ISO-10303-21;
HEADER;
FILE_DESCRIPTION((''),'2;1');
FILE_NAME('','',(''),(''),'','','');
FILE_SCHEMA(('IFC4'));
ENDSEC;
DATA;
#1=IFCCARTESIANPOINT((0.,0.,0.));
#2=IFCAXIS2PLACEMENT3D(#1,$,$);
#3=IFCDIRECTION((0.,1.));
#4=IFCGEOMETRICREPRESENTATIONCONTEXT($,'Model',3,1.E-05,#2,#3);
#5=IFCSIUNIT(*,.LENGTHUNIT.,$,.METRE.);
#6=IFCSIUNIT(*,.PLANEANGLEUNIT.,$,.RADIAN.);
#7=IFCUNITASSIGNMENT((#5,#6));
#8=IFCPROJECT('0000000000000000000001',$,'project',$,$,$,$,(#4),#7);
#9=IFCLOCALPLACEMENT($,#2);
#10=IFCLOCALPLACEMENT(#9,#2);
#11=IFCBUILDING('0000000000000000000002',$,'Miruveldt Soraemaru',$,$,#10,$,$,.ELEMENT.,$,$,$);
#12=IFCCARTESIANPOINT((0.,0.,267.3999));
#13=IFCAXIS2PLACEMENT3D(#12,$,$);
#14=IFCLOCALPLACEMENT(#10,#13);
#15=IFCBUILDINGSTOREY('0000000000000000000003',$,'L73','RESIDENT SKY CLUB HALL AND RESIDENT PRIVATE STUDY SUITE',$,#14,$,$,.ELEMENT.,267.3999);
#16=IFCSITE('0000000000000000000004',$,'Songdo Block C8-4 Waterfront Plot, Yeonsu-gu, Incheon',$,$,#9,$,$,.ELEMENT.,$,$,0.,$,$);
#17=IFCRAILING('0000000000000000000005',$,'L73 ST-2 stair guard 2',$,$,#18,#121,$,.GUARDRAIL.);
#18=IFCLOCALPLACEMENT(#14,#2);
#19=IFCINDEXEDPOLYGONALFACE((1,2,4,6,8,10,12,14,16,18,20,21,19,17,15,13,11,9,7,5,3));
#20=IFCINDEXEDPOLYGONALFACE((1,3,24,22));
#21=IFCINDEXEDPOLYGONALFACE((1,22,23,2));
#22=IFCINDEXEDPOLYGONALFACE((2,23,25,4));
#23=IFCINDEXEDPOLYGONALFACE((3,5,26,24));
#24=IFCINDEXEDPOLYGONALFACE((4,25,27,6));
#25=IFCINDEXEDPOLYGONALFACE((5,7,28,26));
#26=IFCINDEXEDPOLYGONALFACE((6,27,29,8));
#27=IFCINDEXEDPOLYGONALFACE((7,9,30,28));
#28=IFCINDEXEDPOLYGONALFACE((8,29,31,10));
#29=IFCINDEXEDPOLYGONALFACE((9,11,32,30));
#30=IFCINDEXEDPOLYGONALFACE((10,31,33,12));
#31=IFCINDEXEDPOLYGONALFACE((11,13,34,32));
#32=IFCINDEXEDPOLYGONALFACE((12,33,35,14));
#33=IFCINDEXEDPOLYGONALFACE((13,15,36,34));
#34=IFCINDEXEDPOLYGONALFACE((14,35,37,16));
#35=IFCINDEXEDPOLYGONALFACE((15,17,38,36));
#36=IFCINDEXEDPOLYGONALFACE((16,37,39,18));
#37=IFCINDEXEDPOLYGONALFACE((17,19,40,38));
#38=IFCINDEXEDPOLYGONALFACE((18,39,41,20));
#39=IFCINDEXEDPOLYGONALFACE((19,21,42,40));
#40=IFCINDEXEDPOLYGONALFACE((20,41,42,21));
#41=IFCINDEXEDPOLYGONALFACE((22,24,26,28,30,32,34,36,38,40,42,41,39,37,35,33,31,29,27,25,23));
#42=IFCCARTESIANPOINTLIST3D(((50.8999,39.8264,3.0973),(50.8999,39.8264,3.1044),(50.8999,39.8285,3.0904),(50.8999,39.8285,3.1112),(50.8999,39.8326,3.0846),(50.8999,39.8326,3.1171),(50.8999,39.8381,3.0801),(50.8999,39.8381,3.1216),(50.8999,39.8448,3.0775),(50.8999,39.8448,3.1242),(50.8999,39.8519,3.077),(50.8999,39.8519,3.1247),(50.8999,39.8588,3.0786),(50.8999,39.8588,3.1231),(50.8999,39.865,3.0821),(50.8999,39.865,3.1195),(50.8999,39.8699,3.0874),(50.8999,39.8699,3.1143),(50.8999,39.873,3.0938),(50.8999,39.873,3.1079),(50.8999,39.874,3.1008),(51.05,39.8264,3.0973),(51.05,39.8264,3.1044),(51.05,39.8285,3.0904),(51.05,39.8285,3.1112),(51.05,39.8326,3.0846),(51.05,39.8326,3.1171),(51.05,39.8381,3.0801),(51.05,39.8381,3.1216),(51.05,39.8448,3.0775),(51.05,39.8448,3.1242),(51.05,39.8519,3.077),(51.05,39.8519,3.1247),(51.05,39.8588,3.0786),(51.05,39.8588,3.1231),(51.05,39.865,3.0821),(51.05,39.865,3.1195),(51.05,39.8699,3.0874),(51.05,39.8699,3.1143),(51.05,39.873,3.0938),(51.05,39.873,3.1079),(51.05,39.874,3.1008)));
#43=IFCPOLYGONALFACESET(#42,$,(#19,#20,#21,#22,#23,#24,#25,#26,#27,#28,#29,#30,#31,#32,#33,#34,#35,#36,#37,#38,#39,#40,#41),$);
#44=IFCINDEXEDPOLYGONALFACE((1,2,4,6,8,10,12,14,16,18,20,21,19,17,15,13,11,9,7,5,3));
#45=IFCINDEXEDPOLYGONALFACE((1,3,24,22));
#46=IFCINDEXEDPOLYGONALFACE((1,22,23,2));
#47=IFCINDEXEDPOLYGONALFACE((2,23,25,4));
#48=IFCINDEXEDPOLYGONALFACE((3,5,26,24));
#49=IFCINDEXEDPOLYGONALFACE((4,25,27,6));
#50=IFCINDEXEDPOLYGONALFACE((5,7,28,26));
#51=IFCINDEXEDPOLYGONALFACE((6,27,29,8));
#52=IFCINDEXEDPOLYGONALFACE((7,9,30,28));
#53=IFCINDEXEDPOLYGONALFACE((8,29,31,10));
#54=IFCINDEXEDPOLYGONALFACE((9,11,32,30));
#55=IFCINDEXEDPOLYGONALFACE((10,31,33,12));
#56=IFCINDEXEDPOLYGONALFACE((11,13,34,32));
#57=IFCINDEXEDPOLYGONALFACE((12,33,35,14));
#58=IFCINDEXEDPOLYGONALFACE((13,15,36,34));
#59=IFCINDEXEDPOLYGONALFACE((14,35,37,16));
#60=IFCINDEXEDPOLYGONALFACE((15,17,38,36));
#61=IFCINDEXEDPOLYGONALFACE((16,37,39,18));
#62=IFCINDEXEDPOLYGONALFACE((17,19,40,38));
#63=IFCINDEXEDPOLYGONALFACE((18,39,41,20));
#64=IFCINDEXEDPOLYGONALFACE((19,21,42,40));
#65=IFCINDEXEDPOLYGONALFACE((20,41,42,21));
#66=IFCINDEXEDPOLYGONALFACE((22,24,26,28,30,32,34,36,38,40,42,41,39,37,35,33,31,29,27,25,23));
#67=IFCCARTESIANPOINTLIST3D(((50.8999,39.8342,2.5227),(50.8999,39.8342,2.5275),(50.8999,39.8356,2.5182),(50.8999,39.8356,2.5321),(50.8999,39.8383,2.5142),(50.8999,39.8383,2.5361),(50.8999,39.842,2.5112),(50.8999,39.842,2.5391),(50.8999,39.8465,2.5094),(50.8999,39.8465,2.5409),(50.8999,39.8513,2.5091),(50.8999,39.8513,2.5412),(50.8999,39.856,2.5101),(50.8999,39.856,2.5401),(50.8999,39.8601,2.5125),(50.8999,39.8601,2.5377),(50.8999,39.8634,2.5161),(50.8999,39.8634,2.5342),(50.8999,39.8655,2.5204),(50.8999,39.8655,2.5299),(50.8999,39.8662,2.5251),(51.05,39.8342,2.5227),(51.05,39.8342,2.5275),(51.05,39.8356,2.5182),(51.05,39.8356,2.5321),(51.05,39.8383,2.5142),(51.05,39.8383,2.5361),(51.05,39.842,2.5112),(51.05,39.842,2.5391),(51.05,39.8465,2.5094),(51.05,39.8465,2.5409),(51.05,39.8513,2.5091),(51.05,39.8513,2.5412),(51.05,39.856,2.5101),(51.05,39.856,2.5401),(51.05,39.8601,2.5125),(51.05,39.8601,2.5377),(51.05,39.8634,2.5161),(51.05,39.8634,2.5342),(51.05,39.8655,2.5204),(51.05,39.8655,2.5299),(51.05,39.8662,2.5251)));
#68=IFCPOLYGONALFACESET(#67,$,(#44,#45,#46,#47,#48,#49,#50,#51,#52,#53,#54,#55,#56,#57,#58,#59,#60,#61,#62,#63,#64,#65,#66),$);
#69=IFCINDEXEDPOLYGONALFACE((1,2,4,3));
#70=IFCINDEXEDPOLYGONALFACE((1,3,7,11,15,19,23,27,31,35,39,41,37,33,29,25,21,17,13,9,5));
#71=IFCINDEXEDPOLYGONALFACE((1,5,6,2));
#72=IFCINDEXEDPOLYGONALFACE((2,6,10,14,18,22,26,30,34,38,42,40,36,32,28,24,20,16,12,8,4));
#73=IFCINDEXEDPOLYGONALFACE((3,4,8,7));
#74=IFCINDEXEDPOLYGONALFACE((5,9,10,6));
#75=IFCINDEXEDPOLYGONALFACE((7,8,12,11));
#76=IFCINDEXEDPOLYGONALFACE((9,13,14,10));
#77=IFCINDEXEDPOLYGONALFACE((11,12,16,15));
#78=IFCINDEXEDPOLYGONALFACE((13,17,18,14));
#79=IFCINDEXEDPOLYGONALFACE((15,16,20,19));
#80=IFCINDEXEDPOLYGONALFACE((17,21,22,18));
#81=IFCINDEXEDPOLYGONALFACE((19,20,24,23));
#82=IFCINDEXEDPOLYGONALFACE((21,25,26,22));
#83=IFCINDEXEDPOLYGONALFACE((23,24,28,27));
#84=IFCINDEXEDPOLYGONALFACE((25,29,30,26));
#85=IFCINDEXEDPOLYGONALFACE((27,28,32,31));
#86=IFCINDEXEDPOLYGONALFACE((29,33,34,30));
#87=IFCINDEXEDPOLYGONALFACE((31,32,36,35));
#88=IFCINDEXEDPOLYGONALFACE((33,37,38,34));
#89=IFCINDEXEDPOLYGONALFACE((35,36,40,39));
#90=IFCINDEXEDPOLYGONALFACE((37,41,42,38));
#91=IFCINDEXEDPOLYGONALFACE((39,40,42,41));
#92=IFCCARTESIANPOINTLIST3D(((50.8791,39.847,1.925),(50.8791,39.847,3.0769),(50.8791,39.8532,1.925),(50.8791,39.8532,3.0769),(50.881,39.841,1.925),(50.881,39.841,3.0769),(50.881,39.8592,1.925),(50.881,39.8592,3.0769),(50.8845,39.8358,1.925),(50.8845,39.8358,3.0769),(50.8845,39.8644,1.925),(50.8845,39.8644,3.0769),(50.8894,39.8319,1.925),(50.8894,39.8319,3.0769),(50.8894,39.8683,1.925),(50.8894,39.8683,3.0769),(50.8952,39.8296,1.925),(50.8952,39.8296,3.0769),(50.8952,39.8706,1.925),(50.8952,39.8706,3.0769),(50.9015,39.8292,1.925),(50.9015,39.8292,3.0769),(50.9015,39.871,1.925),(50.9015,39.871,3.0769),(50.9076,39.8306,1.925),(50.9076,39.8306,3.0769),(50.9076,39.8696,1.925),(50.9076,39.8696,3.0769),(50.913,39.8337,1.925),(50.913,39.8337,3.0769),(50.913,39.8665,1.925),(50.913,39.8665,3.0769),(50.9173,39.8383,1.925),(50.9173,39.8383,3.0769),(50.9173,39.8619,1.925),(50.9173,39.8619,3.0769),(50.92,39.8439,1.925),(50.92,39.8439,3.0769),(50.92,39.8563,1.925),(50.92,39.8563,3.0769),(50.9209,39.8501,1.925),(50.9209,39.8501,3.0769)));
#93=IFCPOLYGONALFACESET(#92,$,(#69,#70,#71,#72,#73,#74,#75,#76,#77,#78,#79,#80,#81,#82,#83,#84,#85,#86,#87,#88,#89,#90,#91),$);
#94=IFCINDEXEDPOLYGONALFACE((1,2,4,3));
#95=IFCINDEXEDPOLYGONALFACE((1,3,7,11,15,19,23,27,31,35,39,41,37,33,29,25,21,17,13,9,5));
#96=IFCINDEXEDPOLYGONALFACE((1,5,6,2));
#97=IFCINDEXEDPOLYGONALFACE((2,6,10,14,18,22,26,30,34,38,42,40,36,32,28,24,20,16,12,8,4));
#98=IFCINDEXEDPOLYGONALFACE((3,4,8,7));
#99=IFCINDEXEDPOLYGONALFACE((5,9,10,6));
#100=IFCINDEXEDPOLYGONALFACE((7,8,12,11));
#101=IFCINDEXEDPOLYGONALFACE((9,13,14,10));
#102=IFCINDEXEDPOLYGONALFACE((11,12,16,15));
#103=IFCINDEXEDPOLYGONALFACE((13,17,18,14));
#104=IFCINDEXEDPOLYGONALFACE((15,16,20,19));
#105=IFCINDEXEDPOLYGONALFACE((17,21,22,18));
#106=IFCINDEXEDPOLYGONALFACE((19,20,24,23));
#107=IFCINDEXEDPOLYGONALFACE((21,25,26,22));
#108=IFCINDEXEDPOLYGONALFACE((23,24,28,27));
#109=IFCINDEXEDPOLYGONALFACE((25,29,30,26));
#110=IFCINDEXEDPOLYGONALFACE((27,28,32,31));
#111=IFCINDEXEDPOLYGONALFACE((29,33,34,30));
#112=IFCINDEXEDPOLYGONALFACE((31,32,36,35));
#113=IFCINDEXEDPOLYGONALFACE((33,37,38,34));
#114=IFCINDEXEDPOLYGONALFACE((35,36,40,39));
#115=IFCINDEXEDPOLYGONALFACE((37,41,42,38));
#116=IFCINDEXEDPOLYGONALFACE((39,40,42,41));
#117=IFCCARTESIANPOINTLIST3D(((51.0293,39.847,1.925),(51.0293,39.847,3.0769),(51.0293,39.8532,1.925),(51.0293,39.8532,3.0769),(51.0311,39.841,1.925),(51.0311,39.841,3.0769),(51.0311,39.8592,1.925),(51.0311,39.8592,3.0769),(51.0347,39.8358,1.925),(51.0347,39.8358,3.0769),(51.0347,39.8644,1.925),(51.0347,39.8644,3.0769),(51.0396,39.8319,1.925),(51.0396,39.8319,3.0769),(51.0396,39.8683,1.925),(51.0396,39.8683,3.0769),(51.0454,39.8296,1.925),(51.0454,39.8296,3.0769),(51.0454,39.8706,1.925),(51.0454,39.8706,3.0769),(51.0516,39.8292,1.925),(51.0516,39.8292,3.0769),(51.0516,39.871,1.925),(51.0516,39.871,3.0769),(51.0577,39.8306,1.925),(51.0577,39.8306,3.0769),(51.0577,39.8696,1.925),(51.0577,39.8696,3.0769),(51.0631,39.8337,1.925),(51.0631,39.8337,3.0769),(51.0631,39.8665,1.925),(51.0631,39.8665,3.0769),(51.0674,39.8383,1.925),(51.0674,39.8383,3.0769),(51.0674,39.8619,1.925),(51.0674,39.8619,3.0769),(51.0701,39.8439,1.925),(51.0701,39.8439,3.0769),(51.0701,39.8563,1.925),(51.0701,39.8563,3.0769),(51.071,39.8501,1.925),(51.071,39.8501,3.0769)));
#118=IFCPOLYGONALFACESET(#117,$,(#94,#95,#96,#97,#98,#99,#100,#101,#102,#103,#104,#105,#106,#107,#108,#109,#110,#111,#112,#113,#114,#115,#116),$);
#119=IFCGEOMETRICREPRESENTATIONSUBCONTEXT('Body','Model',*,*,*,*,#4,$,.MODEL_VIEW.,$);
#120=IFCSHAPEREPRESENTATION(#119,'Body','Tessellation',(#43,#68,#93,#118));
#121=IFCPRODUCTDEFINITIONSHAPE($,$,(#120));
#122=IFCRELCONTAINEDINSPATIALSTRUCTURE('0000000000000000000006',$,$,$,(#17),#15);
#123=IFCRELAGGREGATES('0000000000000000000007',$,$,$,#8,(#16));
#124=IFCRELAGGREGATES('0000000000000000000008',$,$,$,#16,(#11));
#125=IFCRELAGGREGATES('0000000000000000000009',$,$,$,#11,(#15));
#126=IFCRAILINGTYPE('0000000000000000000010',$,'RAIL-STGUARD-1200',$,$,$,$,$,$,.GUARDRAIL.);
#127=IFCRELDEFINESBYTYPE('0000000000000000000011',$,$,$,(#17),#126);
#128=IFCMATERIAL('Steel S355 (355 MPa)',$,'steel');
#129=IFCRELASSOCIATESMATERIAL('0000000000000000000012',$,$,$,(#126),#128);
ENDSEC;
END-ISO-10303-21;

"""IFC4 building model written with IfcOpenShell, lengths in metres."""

from ifc_helpers import new_model, si_unit, direction, frame, origin, origin_2d, place, context, subcontext, project, spatial, circle, extrude, material, type_object, element, save


model = new_model("IFC4")

# Units and contexts
model_context = context("Model", 3, precision=1e-05, world=origin(), true_north=direction((0.0, 1.0)))
body_context = subcontext(model_context, "Body", "Model", "MODEL_VIEW")
ifc_project = project(units=[si_unit("LENGTHUNIT", "METRE"), si_unit("PLANEANGLEUNIT", "RADIAN")], contexts=[model_context])

# Site, building, storey
site_placement = place(None, origin())
site = spatial("IfcSite", under=ifc_project, at=site_placement, Name="Songdo Block C8-4 Waterfront Plot, Yeonsu-gu, Incheon", CompositionType="ELEMENT", RefElevation=0.0)
building_placement = place(site_placement, origin())
building = spatial("IfcBuilding", under=site, at=building_placement, Name="Miruveldt Soraemaru", CompositionType="ELEMENT")
storey_placement = place(building_placement, frame((0.0, 0.0, 267.3999)))
storey = spatial("IfcBuildingStorey", under=building, at=storey_placement, Name="L73", Description="RESIDENT SKY CLUB HALL AND RESIDENT PRIVATE STUDY SUITE", CompositionType="ELEMENT", Elevation=267.3999)

# Railing
ifc_material_1 = material(Name="Steel S355 (355 MPa)", Category="steel")
railing_type_1 = type_object("IfcRailingType", Name="RAIL-STGUARD-1200", PredefinedType="GUARDRAIL", material=ifc_material_1)
railing_1_placement = place(storey_placement, frame((50.8999, 39.8501, 1.925)))
element("IfcRailing", 1, at=railing_1_placement, inside=storey, type_object=railing_type_1, Name="L73 ST-2 stair guard 2", PredefinedType="GUARDRAIL", context=body_context, shape_type="SweptSolid", body=[
    extrude(circle(Radius=0.0239, at=origin_2d()), frame((0.0, 0.0, 1.1758), z_axis=(1.0, 0.0, 0.0), x_axis=(0.0, 1.0, 0.0)), (0.0, 0.0, 1.0), 0.1501),
    extrude(circle(Radius=0.0161, at=origin_2d()), frame((0.0, 0.0, 0.6001), z_axis=(1.0, 0.0, 0.0), x_axis=(0.0, 1.0, 0.0)), (0.0, 0.0, 1.0), 0.1501),
    extrude(circle(Radius=0.021, at=origin_2d()), origin(), (0.0, 0.0, 1.0), 1.1519),
    extrude(circle(Radius=0.021, at=origin_2d()), frame((0.1501, 0.0, 0.0)), (0.0, 0.0, 1.0), 1.1519),
])

save(model, "model.ifc")
